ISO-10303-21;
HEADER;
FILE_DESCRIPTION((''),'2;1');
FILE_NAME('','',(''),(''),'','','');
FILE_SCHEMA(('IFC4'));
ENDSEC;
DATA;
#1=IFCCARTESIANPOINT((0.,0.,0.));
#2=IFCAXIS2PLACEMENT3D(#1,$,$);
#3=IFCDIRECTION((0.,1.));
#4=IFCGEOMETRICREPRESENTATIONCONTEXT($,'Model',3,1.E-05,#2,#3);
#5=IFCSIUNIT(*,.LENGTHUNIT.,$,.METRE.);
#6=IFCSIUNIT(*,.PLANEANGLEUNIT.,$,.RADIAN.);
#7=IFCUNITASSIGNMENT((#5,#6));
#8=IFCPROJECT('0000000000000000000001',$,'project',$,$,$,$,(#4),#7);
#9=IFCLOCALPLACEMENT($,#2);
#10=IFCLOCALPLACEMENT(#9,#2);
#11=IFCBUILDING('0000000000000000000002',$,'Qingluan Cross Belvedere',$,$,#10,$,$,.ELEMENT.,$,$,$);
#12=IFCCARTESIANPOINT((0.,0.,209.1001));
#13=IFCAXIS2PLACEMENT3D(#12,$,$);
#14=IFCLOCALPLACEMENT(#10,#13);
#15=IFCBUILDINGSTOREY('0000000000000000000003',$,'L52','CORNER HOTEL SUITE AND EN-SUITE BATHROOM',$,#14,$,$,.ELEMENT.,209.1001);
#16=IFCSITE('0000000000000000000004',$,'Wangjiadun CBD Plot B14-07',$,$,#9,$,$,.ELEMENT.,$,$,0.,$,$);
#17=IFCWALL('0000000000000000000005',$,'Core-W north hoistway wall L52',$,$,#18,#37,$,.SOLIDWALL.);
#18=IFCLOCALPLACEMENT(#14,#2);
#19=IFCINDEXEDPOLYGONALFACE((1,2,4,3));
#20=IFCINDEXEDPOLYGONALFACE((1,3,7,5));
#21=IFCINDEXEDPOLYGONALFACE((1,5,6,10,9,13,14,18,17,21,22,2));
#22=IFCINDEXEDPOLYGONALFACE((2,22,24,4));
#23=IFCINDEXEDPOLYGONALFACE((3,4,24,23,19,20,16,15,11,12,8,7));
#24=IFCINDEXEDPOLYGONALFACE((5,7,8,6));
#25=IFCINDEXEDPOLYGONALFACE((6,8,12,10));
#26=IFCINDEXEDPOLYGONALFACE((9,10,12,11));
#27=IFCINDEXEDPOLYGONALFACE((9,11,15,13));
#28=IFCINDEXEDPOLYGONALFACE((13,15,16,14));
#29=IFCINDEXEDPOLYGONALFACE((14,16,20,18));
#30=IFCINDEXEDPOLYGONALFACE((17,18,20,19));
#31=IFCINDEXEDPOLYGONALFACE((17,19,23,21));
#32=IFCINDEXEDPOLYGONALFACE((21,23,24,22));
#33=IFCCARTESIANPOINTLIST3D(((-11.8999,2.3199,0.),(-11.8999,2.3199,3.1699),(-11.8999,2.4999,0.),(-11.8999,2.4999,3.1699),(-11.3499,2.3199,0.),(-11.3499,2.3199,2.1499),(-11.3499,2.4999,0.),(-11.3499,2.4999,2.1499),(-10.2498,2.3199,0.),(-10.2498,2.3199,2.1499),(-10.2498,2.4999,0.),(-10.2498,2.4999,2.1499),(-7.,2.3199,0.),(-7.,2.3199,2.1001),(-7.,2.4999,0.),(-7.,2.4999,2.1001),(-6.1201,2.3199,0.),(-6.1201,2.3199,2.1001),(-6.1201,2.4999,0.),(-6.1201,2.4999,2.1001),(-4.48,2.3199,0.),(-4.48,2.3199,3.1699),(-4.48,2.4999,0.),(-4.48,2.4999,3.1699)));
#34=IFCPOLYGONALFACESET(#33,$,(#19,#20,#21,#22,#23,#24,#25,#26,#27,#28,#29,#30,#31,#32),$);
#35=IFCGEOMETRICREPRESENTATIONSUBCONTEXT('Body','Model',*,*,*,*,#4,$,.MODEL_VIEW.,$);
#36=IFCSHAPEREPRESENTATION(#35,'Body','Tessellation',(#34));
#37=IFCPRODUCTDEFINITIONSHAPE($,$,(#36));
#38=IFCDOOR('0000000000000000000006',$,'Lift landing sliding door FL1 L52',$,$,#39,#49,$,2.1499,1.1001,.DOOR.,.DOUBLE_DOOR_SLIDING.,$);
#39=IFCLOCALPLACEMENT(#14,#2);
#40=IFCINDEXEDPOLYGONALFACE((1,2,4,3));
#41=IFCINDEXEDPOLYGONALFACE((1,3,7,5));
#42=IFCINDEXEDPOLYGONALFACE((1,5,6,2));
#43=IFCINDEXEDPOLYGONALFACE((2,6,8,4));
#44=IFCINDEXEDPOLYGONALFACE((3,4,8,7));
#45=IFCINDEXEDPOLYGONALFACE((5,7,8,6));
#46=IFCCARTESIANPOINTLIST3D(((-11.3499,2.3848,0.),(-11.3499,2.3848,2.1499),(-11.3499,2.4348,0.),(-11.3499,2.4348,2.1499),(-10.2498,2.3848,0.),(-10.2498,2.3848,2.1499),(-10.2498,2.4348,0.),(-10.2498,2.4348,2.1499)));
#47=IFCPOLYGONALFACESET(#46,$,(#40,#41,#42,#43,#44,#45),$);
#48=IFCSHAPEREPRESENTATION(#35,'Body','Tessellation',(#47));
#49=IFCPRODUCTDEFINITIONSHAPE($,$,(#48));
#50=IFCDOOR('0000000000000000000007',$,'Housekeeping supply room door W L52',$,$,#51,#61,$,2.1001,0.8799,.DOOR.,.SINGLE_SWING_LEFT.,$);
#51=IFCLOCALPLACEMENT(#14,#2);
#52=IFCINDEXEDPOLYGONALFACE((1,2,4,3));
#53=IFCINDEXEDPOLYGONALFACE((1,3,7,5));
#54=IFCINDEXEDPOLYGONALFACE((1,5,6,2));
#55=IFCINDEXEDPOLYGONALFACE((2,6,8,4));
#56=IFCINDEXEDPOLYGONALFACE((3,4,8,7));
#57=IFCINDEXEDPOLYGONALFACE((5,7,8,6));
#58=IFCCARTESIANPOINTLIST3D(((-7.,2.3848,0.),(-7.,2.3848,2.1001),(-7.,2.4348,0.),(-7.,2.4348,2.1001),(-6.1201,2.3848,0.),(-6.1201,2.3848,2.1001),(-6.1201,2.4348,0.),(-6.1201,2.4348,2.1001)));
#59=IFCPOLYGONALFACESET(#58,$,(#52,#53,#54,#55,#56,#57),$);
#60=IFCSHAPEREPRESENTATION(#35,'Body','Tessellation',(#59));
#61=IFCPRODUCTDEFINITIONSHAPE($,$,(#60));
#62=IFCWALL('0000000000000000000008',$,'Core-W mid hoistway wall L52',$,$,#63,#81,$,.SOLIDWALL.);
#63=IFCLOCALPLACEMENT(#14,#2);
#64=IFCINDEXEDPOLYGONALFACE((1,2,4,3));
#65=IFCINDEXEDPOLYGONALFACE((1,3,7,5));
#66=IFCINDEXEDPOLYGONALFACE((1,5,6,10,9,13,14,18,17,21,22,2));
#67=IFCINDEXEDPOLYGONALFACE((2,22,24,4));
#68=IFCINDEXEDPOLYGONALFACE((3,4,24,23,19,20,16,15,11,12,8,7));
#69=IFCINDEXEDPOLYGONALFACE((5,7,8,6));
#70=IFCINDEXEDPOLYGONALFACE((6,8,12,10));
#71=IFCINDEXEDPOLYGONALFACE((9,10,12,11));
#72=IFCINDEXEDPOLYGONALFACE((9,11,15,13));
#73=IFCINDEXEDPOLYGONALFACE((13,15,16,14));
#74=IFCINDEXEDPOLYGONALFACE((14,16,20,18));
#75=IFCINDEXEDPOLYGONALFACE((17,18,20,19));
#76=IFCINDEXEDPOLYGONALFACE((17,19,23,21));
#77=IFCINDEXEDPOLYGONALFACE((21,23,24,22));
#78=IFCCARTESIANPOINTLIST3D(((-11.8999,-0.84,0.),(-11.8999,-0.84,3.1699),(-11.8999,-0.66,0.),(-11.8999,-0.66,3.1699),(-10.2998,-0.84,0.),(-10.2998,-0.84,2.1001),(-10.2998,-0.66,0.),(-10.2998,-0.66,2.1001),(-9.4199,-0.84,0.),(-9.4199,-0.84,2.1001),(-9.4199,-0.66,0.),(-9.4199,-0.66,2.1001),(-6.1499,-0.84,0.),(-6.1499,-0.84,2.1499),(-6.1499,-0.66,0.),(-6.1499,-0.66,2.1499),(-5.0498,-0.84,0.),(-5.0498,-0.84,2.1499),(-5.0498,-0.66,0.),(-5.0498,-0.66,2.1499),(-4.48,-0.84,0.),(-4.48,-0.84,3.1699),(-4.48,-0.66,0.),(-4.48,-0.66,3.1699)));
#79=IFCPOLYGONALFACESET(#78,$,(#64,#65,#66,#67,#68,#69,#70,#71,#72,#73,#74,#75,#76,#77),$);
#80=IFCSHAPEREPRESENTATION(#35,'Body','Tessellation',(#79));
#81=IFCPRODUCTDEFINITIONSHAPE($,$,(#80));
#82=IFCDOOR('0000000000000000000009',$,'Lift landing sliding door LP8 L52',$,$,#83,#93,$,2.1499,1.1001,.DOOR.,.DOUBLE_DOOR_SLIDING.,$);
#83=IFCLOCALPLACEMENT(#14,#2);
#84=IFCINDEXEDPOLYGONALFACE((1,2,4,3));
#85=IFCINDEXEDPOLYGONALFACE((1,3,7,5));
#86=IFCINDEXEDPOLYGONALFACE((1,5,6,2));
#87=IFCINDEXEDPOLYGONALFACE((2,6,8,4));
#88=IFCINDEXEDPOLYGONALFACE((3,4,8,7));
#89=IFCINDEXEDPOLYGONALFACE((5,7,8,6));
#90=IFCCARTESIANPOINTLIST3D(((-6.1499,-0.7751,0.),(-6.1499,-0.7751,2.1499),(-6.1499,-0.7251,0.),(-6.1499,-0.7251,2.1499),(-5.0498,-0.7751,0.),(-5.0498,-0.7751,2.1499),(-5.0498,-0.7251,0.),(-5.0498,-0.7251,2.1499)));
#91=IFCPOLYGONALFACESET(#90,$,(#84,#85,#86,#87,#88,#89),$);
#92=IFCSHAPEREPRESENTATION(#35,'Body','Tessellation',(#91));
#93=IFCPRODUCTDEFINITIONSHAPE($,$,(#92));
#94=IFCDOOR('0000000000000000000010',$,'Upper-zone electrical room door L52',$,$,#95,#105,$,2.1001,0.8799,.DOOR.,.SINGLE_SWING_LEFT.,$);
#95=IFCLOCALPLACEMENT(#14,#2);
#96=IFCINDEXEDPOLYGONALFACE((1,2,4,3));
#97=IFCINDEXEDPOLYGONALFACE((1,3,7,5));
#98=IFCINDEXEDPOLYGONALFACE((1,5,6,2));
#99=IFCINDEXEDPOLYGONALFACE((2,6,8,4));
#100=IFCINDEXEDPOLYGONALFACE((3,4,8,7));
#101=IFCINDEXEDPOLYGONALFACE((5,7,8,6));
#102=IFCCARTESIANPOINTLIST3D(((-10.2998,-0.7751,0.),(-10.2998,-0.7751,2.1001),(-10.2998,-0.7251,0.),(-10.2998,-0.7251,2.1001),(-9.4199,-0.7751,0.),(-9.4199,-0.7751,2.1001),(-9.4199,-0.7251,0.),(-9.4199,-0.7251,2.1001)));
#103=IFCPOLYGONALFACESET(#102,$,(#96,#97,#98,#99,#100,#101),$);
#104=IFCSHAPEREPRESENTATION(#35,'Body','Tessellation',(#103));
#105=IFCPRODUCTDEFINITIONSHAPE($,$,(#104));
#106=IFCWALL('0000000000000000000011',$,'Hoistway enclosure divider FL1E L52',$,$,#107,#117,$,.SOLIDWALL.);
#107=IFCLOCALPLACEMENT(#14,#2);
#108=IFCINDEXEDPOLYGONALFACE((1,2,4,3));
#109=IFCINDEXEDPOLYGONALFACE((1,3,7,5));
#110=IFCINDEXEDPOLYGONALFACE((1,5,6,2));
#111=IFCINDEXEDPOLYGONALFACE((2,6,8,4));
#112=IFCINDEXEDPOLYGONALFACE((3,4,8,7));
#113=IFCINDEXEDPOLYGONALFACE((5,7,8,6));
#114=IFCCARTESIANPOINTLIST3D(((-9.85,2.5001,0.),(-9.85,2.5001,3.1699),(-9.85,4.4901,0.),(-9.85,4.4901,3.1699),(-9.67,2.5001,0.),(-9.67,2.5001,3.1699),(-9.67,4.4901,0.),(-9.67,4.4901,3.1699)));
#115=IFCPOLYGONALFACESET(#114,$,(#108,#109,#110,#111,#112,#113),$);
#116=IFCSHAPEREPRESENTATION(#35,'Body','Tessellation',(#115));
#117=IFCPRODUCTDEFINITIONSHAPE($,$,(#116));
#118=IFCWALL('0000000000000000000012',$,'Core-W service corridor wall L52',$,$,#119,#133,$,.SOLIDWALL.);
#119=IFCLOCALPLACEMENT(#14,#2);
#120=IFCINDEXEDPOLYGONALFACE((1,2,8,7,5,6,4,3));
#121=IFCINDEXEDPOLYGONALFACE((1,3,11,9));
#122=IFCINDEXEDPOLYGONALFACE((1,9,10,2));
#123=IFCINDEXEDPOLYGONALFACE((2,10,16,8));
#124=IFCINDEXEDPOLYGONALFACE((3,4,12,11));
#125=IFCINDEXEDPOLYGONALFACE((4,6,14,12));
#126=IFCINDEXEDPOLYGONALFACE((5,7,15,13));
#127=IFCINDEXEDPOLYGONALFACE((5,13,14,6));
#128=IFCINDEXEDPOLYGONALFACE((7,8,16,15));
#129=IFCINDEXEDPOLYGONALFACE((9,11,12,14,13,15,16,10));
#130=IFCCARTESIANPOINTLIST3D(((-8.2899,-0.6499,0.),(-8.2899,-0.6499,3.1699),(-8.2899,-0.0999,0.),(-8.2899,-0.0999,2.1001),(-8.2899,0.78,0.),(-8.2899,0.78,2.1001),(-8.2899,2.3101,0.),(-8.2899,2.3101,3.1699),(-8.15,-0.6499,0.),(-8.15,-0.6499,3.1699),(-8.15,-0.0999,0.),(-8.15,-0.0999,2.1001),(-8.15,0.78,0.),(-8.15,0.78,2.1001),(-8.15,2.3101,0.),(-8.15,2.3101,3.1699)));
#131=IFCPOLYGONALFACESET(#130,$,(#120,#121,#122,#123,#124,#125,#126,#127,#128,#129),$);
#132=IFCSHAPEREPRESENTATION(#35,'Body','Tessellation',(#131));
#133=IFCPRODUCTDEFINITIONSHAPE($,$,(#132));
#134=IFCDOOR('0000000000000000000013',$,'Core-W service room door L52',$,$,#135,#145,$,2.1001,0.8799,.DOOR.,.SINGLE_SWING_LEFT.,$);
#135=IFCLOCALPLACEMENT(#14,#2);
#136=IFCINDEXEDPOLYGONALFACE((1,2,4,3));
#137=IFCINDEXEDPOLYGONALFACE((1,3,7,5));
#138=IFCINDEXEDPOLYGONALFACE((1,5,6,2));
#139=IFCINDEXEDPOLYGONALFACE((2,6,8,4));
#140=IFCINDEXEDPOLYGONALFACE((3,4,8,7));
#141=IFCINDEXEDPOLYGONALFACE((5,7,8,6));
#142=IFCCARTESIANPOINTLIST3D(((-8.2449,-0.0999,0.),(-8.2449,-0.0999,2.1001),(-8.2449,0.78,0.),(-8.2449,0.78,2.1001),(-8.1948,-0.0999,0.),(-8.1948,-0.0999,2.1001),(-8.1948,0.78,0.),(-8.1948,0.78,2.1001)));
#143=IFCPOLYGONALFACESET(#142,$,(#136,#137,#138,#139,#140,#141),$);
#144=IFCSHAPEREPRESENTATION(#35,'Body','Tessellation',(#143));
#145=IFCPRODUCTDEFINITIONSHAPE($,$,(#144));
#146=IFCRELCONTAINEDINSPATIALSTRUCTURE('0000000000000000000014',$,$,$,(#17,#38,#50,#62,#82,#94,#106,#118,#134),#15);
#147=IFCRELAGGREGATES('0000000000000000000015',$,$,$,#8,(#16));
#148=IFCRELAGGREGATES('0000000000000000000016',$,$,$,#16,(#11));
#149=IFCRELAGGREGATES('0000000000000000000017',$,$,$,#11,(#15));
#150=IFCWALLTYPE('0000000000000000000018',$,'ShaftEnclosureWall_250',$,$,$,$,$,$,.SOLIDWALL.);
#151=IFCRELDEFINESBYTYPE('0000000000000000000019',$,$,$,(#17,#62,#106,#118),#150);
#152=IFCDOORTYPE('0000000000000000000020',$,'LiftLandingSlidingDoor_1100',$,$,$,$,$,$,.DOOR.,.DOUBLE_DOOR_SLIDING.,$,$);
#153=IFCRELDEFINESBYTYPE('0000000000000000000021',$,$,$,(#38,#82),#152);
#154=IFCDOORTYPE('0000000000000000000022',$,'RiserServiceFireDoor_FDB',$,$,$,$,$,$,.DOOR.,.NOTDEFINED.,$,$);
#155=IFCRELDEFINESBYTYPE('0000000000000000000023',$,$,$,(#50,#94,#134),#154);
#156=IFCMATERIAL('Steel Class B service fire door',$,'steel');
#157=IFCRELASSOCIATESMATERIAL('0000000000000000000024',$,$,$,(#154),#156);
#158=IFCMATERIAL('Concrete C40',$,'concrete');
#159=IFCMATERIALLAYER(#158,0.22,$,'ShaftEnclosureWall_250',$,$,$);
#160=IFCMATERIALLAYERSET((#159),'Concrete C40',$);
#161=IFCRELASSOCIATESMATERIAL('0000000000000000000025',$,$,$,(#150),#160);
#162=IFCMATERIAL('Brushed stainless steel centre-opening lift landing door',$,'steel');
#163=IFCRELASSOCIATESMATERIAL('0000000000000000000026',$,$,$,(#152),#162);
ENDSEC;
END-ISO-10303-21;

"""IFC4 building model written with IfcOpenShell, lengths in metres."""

from ifc_helpers import new_model, si_unit, direction, frame, frame_2d, origin, place, context, subcontext, project, spatial, rectangle, extrude, material, layer, layer_set, type_object, element, fill, save


model = new_model("IFC4")

# Units and contexts
model_context = context("Model", 3, precision=1e-05, world=origin(), true_north=direction((0.0, 1.0)))
body_context = subcontext(model_context, "Body", "Model", "MODEL_VIEW")
ifc_project = project(units=[si_unit("LENGTHUNIT", "METRE"), si_unit("PLANEANGLEUNIT", "RADIAN")], contexts=[model_context])

# Site, building, storey
site_placement = place(None, origin())
site = spatial("IfcSite", under=ifc_project, at=site_placement, Name="Wangjiadun CBD Plot B14-07", CompositionType="ELEMENT", RefElevation=0.0)
building_placement = place(site_placement, origin())
building = spatial("IfcBuilding", under=site, at=building_placement, Name="Qingluan Cross Belvedere", CompositionType="ELEMENT")
storey_placement = place(building_placement, frame((0.0, 0.0, 209.1001)))
storey = spatial("IfcBuildingStorey", under=building, at=storey_placement, Name="L52", Description="CORNER HOTEL SUITE AND EN-SUITE BATHROOM", CompositionType="ELEMENT", Elevation=209.1001)

# Shared definitions
ifc_material_1 = material(Name="Steel Class B service fire door", Category="steel")
door_type_1 = type_object("IfcDoorType", Name="RiserServiceFireDoor_FDB", OperationType="NOTDEFINED", PredefinedType="DOOR", material=ifc_material_1)

# Walls, openings, doors
ifc_material_2 = material(Name="Concrete C40", Category="concrete")
ifc_layer_1 = layer(ifc_material_2, 0.22, Name="ShaftEnclosureWall_250")
ifc_layer_set_1 = layer_set([ifc_layer_1], Name="Concrete C40")
wall_type_1 = type_object("IfcWallType", Name="ShaftEnclosureWall_250", PredefinedType="SOLIDWALL", material=ifc_layer_set_1)
wall_1_placement = place(storey_placement, frame((-11.8999, 2.4099, 0.0), z_axis=(0.0, 0.0, 1.0), x_axis=(1.0, 0.0, 0.0)))
wall_1 = element("IfcWall", 1, at=wall_1_placement, inside=storey, type_object=wall_type_1, Name="Core-W north hoistway wall L52", PredefinedType="SOLIDWALL", context=body_context, shape_type="SweptSolid", body=[
    extrude(rectangle(XDim=7.4199, YDim=0.1799, at=frame_2d((3.71, 0.0))), origin(), (0.0, 0.0, 1.0), 3.1699),
])
opening_1_placement = place(wall_1_placement, frame((0.55, 0.0, 0.0)))
opening_1 = element("IfcOpeningElement", 2, at=opening_1_placement, cuts=wall_1, PredefinedType="OPENING", context=body_context, shape_type="SweptSolid", body=[
    extrude(rectangle(XDim=1.1001, YDim=2.1499, at=frame_2d((0.55, 1.075))), frame((0.0, 0.0999, 0.0), z_axis=(0.0, -1.0, 0.0), x_axis=(1.0, 0.0, 0.0)), (0.0, 0.0, 1.0), 0.2),
])
opening_2_placement = place(wall_1_placement, frame((4.8999, 0.0, 0.0)))
opening_2 = element("IfcOpeningElement", 3, at=opening_2_placement, cuts=wall_1, PredefinedType="OPENING", context=body_context, shape_type="SweptSolid", body=[
    extrude(rectangle(XDim=0.8799, YDim=2.1001, at=frame_2d((0.4399, 1.05))), frame((0.0, 0.0999, 0.0), z_axis=(0.0, -1.0, 0.0), x_axis=(1.0, 0.0, 0.0)), (0.0, 0.0, 1.0), 0.2),
])
ifc_material_3 = material(Name="Brushed stainless steel centre-opening lift landing door", Category="steel")
door_type_2 = type_object("IfcDoorType", Name="LiftLandingSlidingDoor_1100", OperationType="DOUBLE_DOOR_SLIDING", PredefinedType="DOOR", material=ifc_material_3)
door_1_placement = place(opening_1_placement, origin())
door_1 = element("IfcDoor", 4, at=door_1_placement, inside=storey, type_object=door_type_2, Name="Lift landing sliding door FL1 L52", OperationType="DOUBLE_DOOR_SLIDING", OverallHeight=2.1499, OverallWidth=1.1001, PredefinedType="DOOR", context=body_context, shape_type="SweptSolid", body=[
    extrude(rectangle(XDim=1.1001, YDim=2.1499, at=frame_2d((0.55, 1.075))), frame((0.0, 0.0249, 0.0), z_axis=(0.0, -1.0, 0.0), x_axis=(1.0, 0.0, 0.0)), (0.0, 0.0, 1.0), 0.05),
])
fill(opening_1, door_1)
door_2_placement = place(opening_2_placement, origin())
door_2 = element("IfcDoor", 5, at=door_2_placement, inside=storey, type_object=door_type_1, Name="Housekeeping supply room door W L52", OperationType="SINGLE_SWING_LEFT", OverallHeight=2.1001, OverallWidth=0.8799, PredefinedType="DOOR", context=body_context, shape_type="SweptSolid", body=[
    extrude(rectangle(XDim=0.8799, YDim=2.1001, at=frame_2d((0.4399, 1.05))), frame((0.0, 0.0249, 0.0), z_axis=(0.0, -1.0, 0.0), x_axis=(1.0, 0.0, 0.0)), (0.0, 0.0, 1.0), 0.05),
])
fill(opening_2, door_2)
wall_2_placement = place(storey_placement, frame((-11.8999, -0.75, 0.0), z_axis=(0.0, 0.0, 1.0), x_axis=(1.0, 0.0, 0.0)))
wall_2 = element("IfcWall", 6, at=wall_2_placement, inside=storey, type_object=wall_type_1, Name="Core-W mid hoistway wall L52", PredefinedType="SOLIDWALL", context=body_context, shape_type="SweptSolid", body=[
    extrude(rectangle(XDim=7.4199, YDim=0.1799, at=frame_2d((3.71, 0.0))), origin(), (0.0, 0.0, 1.0), 3.1699),
])
opening_3_placement = place(wall_2_placement, frame((5.75, 0.0, 0.0)))
opening_3 = element("IfcOpeningElement", 7, at=opening_3_placement, cuts=wall_2, PredefinedType="OPENING", context=body_context, shape_type="SweptSolid", body=[
    extrude(rectangle(XDim=1.1001, YDim=2.1499, at=frame_2d((0.55, 1.075))), frame((0.0, 0.0999, 0.0), z_axis=(0.0, -1.0, 0.0), x_axis=(1.0, 0.0, 0.0)), (0.0, 0.0, 1.0), 0.2),
])
opening_4_placement = place(wall_2_placement, frame((1.6001, 0.0, 0.0)))
opening_4 = element("IfcOpeningElement", 8, at=opening_4_placement, cuts=wall_2, PredefinedType="OPENING", context=body_context, shape_type="SweptSolid", body=[
    extrude(rectangle(XDim=0.8799, YDim=2.1001, at=frame_2d((0.4399, 1.05))), frame((0.0, 0.0999, 0.0), z_axis=(0.0, -1.0, 0.0), x_axis=(1.0, 0.0, 0.0)), (0.0, 0.0, 1.0), 0.2),
])
door_3_placement = place(opening_3_placement, origin())
door_3 = element("IfcDoor", 9, at=door_3_placement, inside=storey, type_object=door_type_2, Name="Lift landing sliding door LP8 L52", OperationType="DOUBLE_DOOR_SLIDING", OverallHeight=2.1499, OverallWidth=1.1001, PredefinedType="DOOR", context=body_context, shape_type="SweptSolid", body=[
    extrude(rectangle(XDim=1.1001, YDim=2.1499, at=frame_2d((0.55, 1.075))), frame((0.0, 0.0249, 0.0), z_axis=(0.0, -1.0, 0.0), x_axis=(1.0, 0.0, 0.0)), (0.0, 0.0, 1.0), 0.05),
])
fill(opening_3, door_3)
door_4_placement = place(opening_4_placement, origin())
door_4 = element("IfcDoor", 10, at=door_4_placement, inside=storey, type_object=door_type_1, Name="Upper-zone electrical room door L52", OperationType="SINGLE_SWING_LEFT", OverallHeight=2.1001, OverallWidth=0.8799, PredefinedType="DOOR", context=body_context, shape_type="SweptSolid", body=[
    extrude(rectangle(XDim=0.8799, YDim=2.1001, at=frame_2d((0.4399, 1.05))), frame((0.0, 0.0249, 0.0), z_axis=(0.0, -1.0, 0.0), x_axis=(1.0, 0.0, 0.0)), (0.0, 0.0, 1.0), 0.05),
])
fill(opening_4, door_4)

# Wall
wall_3_placement = place(storey_placement, frame((-9.76, 2.5, 0.0), z_axis=(0.0, 0.0, 1.0), x_axis=(0.0, 1.0, 0.0)))
element("IfcWall", 11, at=wall_3_placement, inside=storey, type_object=wall_type_1, Name="Hoistway enclosure divider FL1E L52", PredefinedType="SOLIDWALL", context=body_context, shape_type="SweptSolid", body=[
    extrude(rectangle(XDim=1.99, YDim=0.1799, at=frame_2d((0.9951, 0.0))), origin(), (0.0, 0.0, 1.0), 3.1699),
])

# Wall, opening, door
wall_4_placement = place(storey_placement, frame((-8.22, -0.6499, 0.0), z_axis=(0.0, 0.0, 1.0), x_axis=(0.0, 1.0, 0.0)))
wall_4 = element("IfcWall", 12, at=wall_4_placement, inside=storey, type_object=wall_type_1, Name="Core-W service corridor wall L52", PredefinedType="SOLIDWALL", context=body_context, shape_type="SweptSolid", body=[
    extrude(rectangle(XDim=2.96, YDim=0.1399, at=frame_2d((1.48, 0.0))), origin(), (0.0, 0.0, 1.0), 3.1699),
])
opening_5_placement = place(wall_4_placement, frame((0.55, 0.0, 0.0)))
opening_5 = element("IfcOpeningElement", 13, at=opening_5_placement, cuts=wall_4, PredefinedType="OPENING", context=body_context, shape_type="SweptSolid", body=[
    extrude(rectangle(XDim=0.8799, YDim=2.1001, at=frame_2d((0.4399, 1.05))), frame((0.0, 0.0798, 0.0), z_axis=(0.0, -1.0, 0.0), x_axis=(1.0, 0.0, 0.0)), (0.0, 0.0, 1.0), 0.1599),
])
door_5_placement = place(opening_5_placement, origin())
door_5 = element("IfcDoor", 14, at=door_5_placement, inside=storey, type_object=door_type_1, Name="Core-W service room door L52", OperationType="SINGLE_SWING_LEFT", OverallHeight=2.1001, OverallWidth=0.8799, PredefinedType="DOOR", context=body_context, shape_type="SweptSolid", body=[
    extrude(rectangle(XDim=0.8799, YDim=2.1001, at=frame_2d((0.4399, 1.05))), frame((0.0, 0.0249, 0.0), z_axis=(0.0, -1.0, 0.0), x_axis=(1.0, 0.0, 0.0)), (0.0, 0.0, 1.0), 0.05),
])
fill(opening_5, door_5)

save(model, "model.ifc")
